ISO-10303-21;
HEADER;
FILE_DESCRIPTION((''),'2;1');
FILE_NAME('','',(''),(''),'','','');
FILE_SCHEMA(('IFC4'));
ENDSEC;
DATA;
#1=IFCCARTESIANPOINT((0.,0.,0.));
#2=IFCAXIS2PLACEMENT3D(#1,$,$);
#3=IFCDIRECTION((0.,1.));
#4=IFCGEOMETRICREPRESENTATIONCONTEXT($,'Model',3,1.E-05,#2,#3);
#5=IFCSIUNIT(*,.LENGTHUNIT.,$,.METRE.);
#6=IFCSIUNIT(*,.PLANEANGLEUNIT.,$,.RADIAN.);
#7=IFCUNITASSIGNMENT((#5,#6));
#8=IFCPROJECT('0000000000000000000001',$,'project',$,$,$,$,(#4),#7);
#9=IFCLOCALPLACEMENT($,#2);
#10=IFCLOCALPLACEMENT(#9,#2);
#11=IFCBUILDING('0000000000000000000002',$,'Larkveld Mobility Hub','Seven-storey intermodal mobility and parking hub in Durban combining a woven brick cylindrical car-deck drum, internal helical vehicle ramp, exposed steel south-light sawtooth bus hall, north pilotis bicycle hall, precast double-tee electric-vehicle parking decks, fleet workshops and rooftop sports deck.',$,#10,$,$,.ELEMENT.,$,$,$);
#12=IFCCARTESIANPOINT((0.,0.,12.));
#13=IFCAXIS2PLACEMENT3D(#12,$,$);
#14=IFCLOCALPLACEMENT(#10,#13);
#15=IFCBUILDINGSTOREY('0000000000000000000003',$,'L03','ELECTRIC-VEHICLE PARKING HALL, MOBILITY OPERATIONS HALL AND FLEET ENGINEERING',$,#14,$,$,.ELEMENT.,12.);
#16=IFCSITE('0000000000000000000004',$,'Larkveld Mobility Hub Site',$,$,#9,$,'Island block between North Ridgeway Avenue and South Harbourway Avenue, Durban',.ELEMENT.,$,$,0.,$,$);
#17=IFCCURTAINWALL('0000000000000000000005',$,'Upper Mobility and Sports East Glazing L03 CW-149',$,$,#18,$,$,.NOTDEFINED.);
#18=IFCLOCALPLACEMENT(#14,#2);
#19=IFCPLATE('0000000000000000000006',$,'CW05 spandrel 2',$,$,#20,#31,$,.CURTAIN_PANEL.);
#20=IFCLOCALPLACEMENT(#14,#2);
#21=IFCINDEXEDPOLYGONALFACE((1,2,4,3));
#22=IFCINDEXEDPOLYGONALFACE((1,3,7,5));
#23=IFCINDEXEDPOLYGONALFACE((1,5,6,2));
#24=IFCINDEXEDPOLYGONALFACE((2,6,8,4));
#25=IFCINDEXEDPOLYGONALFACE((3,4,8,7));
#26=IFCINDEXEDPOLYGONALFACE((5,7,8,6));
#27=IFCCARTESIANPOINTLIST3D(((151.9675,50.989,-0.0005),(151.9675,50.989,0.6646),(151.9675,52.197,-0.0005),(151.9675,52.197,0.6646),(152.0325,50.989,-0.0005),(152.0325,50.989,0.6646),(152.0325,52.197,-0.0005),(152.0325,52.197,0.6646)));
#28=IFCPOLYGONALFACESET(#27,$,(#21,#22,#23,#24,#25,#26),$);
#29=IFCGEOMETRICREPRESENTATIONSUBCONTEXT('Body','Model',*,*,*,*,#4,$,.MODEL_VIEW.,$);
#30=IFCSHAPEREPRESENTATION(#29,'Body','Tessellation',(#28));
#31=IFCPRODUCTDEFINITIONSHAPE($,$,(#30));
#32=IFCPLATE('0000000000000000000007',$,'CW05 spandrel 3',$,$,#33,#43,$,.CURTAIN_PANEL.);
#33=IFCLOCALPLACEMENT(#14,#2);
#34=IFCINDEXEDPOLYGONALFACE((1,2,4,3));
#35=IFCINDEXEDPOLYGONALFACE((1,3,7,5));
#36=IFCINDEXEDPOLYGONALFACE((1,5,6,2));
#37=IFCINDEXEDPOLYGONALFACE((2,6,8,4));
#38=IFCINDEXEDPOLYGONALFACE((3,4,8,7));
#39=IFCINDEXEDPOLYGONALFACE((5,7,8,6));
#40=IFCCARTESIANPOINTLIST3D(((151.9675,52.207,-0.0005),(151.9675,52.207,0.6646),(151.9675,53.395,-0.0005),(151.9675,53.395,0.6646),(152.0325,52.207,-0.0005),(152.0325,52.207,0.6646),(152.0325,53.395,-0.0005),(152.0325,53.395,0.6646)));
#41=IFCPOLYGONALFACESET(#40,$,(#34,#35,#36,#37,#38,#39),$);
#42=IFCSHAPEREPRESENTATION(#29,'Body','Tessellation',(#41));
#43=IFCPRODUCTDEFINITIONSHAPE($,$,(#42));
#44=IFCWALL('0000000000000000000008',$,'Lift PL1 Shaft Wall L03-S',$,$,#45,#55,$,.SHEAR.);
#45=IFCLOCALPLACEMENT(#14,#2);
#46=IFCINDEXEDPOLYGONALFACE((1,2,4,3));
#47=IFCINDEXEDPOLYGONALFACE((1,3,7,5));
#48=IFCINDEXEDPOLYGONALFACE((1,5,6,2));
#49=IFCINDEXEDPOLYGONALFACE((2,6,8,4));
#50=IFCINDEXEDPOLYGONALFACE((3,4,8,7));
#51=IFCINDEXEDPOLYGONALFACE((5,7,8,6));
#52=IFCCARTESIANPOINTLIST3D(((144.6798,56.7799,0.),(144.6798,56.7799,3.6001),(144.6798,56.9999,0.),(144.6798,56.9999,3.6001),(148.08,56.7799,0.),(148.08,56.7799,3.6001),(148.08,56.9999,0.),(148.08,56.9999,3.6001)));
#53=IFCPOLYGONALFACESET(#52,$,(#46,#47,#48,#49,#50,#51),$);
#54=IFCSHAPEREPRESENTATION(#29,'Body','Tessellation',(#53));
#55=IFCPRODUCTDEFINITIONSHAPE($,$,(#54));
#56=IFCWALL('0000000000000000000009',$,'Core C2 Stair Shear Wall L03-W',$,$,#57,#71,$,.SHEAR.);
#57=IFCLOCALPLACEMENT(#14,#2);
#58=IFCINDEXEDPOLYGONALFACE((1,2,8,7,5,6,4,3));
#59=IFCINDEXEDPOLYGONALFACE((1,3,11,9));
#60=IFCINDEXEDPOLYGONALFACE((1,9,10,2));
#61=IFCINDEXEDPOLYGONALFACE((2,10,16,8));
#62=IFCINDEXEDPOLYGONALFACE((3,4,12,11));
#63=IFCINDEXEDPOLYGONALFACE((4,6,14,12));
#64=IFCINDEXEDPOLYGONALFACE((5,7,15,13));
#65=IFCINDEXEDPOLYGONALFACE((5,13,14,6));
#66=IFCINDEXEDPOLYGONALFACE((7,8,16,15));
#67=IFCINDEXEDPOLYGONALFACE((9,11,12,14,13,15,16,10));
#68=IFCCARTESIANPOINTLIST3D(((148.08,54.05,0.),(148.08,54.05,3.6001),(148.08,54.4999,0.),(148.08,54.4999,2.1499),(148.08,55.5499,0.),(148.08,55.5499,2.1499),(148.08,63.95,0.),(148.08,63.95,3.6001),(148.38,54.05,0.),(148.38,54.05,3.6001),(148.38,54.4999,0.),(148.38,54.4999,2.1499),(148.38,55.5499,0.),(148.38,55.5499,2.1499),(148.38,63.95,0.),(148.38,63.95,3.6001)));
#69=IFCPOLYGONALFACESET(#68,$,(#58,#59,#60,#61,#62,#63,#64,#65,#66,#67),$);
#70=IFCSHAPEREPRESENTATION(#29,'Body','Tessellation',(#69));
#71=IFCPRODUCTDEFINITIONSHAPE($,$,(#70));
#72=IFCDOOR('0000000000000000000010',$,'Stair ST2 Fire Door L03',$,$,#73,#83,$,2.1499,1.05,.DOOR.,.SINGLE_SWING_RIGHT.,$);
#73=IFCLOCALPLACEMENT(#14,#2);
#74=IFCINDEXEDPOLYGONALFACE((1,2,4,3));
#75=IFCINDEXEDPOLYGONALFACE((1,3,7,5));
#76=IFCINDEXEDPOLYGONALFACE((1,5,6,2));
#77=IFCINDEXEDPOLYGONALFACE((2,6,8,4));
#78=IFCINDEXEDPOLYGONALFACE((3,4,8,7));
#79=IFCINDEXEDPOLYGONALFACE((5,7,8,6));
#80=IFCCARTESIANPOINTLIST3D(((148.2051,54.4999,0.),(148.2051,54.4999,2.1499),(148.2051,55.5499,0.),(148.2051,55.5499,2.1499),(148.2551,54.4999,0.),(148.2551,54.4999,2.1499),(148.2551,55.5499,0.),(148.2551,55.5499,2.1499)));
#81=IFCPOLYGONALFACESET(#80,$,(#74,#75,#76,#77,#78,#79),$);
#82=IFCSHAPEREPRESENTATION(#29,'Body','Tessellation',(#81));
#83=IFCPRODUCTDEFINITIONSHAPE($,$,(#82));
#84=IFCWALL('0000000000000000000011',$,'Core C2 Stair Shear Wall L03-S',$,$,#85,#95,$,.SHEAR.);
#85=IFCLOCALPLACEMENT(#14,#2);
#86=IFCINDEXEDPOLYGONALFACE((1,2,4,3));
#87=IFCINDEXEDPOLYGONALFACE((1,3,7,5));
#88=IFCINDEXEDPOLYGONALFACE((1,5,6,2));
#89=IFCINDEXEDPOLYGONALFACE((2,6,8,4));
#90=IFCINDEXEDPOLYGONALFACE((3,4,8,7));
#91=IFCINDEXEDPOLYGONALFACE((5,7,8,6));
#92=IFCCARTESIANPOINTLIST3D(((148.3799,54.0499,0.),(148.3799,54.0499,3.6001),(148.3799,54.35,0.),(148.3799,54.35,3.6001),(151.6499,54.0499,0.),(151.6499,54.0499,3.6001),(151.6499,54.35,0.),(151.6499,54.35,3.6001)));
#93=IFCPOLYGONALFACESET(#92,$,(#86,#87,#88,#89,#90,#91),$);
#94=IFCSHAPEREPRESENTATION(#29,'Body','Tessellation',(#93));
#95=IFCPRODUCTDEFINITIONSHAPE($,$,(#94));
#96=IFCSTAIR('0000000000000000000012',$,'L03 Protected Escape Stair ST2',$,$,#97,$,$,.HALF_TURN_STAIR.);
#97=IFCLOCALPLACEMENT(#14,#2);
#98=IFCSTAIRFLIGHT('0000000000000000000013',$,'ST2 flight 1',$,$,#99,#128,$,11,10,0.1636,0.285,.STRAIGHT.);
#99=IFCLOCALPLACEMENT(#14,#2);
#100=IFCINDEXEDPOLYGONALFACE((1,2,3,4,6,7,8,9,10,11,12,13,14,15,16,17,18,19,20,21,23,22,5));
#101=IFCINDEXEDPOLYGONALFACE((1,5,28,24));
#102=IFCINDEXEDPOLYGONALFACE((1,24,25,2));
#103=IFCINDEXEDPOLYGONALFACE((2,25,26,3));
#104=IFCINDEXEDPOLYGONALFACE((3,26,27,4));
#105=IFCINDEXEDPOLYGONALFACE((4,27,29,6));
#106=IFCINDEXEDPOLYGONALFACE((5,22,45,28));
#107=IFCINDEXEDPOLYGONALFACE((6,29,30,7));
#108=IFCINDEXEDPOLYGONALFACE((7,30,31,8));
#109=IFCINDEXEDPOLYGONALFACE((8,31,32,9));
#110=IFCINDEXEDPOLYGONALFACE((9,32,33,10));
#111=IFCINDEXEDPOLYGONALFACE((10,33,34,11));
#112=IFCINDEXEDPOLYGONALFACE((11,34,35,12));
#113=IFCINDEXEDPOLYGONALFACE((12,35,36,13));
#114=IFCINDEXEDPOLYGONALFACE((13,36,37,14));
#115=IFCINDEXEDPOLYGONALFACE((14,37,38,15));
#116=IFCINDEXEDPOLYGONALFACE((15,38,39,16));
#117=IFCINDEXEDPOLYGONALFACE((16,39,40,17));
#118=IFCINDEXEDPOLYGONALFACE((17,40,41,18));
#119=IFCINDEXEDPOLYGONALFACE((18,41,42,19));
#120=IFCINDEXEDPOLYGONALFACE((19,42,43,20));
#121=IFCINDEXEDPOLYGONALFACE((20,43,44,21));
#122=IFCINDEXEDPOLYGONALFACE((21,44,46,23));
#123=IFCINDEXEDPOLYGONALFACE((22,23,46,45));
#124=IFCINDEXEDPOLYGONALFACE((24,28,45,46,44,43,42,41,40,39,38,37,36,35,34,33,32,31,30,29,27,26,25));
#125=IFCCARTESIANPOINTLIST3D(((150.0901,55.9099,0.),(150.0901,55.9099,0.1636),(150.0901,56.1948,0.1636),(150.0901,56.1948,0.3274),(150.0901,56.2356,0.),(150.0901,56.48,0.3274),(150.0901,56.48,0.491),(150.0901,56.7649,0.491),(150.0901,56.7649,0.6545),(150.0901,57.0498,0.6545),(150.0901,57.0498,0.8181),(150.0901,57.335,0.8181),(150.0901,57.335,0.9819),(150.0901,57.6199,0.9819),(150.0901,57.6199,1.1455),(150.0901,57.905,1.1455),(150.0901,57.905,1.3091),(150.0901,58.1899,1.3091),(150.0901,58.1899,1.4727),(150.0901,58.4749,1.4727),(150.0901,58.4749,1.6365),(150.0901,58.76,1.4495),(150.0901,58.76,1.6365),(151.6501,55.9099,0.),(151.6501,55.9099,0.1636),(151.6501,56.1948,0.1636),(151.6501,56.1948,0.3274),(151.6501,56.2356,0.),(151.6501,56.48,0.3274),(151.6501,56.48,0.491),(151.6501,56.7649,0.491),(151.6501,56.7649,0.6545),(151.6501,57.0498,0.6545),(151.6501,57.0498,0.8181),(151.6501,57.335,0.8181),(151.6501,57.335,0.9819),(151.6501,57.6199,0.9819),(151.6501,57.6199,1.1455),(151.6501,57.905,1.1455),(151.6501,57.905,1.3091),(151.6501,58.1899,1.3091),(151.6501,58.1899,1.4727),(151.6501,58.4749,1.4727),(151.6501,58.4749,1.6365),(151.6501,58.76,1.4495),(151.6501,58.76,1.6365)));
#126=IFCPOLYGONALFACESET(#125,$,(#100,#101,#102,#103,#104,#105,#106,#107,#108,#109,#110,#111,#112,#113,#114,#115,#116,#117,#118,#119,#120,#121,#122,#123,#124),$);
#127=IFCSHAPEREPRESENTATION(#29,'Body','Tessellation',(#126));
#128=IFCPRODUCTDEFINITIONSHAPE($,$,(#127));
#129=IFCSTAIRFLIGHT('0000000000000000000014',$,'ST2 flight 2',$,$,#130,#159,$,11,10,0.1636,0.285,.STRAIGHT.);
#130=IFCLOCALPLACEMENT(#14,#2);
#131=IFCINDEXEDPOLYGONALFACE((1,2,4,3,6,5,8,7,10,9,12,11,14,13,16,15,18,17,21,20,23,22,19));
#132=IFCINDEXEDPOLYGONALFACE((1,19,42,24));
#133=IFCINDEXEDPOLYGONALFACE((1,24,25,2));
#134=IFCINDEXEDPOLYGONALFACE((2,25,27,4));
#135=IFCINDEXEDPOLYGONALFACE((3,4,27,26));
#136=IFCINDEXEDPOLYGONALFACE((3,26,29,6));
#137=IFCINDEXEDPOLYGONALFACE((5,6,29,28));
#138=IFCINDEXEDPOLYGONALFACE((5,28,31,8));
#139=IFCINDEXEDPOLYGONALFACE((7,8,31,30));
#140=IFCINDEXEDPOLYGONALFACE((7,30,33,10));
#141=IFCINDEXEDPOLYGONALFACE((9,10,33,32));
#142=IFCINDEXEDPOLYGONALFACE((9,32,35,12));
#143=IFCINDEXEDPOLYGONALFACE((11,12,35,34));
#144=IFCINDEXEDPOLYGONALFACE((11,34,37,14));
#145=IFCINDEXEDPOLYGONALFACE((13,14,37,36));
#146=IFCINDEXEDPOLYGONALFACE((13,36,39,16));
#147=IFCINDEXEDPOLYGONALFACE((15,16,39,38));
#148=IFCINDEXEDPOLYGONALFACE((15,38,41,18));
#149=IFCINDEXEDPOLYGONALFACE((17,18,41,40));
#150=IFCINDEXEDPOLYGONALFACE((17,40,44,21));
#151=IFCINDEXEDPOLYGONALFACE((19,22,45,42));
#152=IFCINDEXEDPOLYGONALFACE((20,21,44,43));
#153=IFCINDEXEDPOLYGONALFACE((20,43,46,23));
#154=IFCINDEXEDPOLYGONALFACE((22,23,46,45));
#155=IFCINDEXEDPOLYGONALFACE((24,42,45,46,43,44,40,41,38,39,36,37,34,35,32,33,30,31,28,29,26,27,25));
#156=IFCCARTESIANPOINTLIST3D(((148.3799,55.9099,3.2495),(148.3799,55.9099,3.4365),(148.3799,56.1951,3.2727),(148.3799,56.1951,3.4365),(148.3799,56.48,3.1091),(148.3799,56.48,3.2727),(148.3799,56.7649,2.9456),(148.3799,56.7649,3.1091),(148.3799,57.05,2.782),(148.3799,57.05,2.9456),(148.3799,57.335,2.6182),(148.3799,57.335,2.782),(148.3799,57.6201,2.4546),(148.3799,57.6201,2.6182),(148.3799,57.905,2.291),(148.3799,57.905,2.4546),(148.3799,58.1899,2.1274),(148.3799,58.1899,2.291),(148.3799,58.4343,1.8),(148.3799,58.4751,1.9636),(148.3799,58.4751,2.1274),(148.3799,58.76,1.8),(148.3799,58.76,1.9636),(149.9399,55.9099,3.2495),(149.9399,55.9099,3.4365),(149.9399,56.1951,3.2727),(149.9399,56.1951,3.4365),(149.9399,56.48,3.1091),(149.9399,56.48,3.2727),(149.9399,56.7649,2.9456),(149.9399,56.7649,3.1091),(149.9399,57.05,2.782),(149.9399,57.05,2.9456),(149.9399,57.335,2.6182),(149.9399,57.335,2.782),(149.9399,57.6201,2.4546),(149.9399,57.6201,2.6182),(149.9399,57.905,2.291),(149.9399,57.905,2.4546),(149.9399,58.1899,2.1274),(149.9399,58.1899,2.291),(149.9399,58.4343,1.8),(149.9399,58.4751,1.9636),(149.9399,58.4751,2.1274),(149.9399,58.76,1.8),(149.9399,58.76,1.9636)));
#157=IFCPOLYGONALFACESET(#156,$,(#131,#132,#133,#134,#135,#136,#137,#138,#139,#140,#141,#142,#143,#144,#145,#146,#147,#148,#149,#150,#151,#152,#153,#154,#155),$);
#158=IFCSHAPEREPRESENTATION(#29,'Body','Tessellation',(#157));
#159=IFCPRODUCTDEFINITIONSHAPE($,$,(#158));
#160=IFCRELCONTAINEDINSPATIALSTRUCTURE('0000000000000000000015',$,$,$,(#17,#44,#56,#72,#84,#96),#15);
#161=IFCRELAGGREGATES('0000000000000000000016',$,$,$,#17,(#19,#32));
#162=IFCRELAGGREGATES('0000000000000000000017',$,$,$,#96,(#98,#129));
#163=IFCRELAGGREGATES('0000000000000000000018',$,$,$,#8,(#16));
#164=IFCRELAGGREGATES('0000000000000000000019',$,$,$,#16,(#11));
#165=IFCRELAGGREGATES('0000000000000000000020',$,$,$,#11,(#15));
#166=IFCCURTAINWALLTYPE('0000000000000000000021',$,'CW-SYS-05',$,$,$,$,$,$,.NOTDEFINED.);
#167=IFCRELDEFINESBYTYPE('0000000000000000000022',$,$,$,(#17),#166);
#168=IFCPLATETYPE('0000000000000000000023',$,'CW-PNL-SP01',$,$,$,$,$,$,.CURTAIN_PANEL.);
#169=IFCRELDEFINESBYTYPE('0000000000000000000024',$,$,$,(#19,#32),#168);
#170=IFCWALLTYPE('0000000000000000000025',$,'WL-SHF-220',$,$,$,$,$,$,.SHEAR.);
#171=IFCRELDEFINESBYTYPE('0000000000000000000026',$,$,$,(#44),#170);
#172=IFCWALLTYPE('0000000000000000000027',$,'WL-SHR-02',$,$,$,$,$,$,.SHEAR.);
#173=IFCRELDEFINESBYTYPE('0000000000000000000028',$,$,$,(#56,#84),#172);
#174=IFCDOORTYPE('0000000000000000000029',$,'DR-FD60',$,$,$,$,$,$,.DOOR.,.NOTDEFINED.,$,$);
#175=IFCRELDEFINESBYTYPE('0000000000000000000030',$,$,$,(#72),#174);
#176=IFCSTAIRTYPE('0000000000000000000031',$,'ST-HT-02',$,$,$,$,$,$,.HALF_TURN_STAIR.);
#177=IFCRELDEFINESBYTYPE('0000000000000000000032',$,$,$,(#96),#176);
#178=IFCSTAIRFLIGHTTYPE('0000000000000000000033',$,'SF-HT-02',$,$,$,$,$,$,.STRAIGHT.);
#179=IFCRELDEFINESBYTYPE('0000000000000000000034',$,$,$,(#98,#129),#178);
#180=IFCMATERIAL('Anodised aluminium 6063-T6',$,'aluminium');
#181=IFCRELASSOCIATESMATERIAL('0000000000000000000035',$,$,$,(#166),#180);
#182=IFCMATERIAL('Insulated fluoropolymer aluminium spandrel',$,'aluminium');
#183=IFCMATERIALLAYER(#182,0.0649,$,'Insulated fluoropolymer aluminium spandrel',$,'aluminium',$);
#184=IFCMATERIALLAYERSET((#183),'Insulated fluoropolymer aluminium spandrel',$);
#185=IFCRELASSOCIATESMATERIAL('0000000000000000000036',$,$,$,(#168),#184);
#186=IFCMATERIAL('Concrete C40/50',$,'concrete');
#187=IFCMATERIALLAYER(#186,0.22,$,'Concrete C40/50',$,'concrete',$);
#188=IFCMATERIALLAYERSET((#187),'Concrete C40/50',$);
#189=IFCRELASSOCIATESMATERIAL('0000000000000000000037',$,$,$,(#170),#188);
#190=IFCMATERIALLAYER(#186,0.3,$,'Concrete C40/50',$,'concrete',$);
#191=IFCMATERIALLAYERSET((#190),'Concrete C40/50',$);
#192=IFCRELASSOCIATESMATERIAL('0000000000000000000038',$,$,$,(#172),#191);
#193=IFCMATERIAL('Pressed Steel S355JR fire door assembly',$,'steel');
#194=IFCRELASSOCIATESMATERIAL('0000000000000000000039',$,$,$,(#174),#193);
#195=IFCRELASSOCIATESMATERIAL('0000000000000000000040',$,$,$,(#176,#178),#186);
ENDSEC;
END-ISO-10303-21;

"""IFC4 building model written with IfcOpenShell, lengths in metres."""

from ifc_helpers import new_model, si_unit, direction, frame, frame_2d, origin, origin_2d, place, context, subcontext, project, spatial, polyline, rectangle, outline, extrude, material, layer, layer_set, type_object, element, fill, aggregate, save


model = new_model("IFC4")

# Units and contexts
model_context = context("Model", 3, precision=1e-05, world=origin(), true_north=direction((0.0, 1.0)))
body_context = subcontext(model_context, "Body", "Model", "MODEL_VIEW")
ifc_project = project(units=[si_unit("LENGTHUNIT", "METRE"), si_unit("PLANEANGLEUNIT", "RADIAN")], contexts=[model_context])

# Site, building, storey
site_placement = place(None, origin())
site = spatial("IfcSite", under=ifc_project, at=site_placement, Name="Larkveld Mobility Hub Site", LongName="Island block between North Ridgeway Avenue and South Harbourway Avenue, Durban", CompositionType="ELEMENT", RefElevation=0.0)
building_placement = place(site_placement, origin())
building = spatial("IfcBuilding", under=site, at=building_placement, Name="Larkveld Mobility Hub", Description="Seven-storey intermodal mobility and parking hub in Durban combining a woven brick cylindrical car-deck drum, internal helical vehicle ramp, exposed steel south-light sawtooth bus hall, north pilotis bicycle hall, precast double-tee electric-vehicle parking decks, fleet workshops and rooftop sports deck.", CompositionType="ELEMENT")
storey_placement = place(building_placement, frame((0.0, 0.0, 12.0)))
storey = spatial("IfcBuildingStorey", under=building, at=storey_placement, Name="L03", Description="ELECTRIC-VEHICLE PARKING HALL, MOBILITY OPERATIONS HALL AND FLEET ENGINEERING", CompositionType="ELEMENT", Elevation=12.0)

# Shared definitions
ifc_material_1 = material(Name="Concrete C40/50", Category="concrete")

# Curtain wall, plates
ifc_material_2 = material(Name="Anodised aluminium 6063-T6", Category="aluminium")
curtain_wall_type = type_object("IfcCurtainWallType", Name="CW-SYS-05", PredefinedType="NOTDEFINED", material=ifc_material_2)
curtain_wall_placement = place(storey_placement, origin())
curtain_wall = element("IfcCurtainWall", 1, at=curtain_wall_placement, inside=storey, type_object=curtain_wall_type, Name="Upper Mobility and Sports East Glazing L03 CW-149", PredefinedType="NOTDEFINED")
ifc_material_3 = material(Name="Insulated fluoropolymer aluminium spandrel", Category="aluminium")
ifc_layer_1 = layer(ifc_material_3, 0.0649, Name="Insulated fluoropolymer aluminium spandrel", Category="aluminium")
ifc_layer_set_1 = layer_set([ifc_layer_1], Name="Insulated fluoropolymer aluminium spandrel")
plate_type_1 = type_object("IfcPlateType", Name="CW-PNL-SP01", PredefinedType="CURTAIN_PANEL", material=ifc_layer_set_1)
plate_1_placement = place(storey_placement, frame((152.0, 51.593, -0.0005), z_axis=(0.0, 0.0, 1.0), x_axis=(0.0, 1.0, 0.0)))
plate_1 = element("IfcPlate", 2, at=plate_1_placement, type_object=plate_type_1, Name="CW05 spandrel 2", PredefinedType="CURTAIN_PANEL", context=body_context, shape_type="SweptSolid", body=[
    extrude(rectangle(XDim=1.208, YDim=0.0649, at=origin_2d()), origin(), (0.0, 0.0, 1.0), 0.665),
])
plate_2_placement = place(storey_placement, frame((152.0, 52.801, -0.0005), z_axis=(0.0, 0.0, 1.0), x_axis=(0.0, 1.0, 0.0)))
plate_2 = element("IfcPlate", 3, at=plate_2_placement, type_object=plate_type_1, Name="CW05 spandrel 3", PredefinedType="CURTAIN_PANEL", context=body_context, shape_type="SweptSolid", body=[
    extrude(rectangle(XDim=1.188, YDim=0.0649, at=origin_2d()), origin(), (0.0, 0.0, 1.0), 0.665),
])
aggregate(curtain_wall, [plate_1, plate_2])

# Wall
ifc_layer_2 = layer(ifc_material_1, 0.22, Name="Concrete C40/50", Category="concrete")
ifc_layer_set_2 = layer_set([ifc_layer_2], Name="Concrete C40/50")
wall_type_1 = type_object("IfcWallType", Name="WL-SHF-220", PredefinedType="SHEAR", material=ifc_layer_set_2)
wall_1_placement = place(storey_placement, frame((148.0801, 56.8899, 0.0), z_axis=(0.0, 0.0, 1.0), x_axis=(-1.0, 0.0, 0.0)))
element("IfcWall", 4, at=wall_1_placement, inside=storey, type_object=wall_type_1, Name="Lift PL1 Shaft Wall L03-S", PredefinedType="SHEAR", context=body_context, shape_type="SweptSolid", body=[
    extrude(rectangle(XDim=3.4001, YDim=0.22, at=frame_2d((1.7002, 0.0))), origin(), (0.0, 0.0, 1.0), 3.6001),
])

# Wall, opening, door
ifc_layer_3 = layer(ifc_material_1, 0.3, Name="Concrete C40/50", Category="concrete")
ifc_layer_set_3 = layer_set([ifc_layer_3], Name="Concrete C40/50")
wall_type_2 = type_object("IfcWallType", Name="WL-SHR-02", PredefinedType="SHEAR", material=ifc_layer_set_3)
wall_2_placement = place(storey_placement, frame((148.23, 54.05, 0.0), z_axis=(0.0, 0.0, 1.0), x_axis=(0.0, 1.0, 0.0)))
wall_2 = element("IfcWall", 5, at=wall_2_placement, inside=storey, type_object=wall_type_2, Name="Core C2 Stair Shear Wall L03-W", PredefinedType="SHEAR", context=body_context, shape_type="SweptSolid", body=[
    extrude(rectangle(XDim=9.8999, YDim=0.3, at=frame_2d((4.95, 0.0))), origin(), (0.0, 0.0, 1.0), 3.6001),
])
opening_placement = place(wall_2_placement, frame((0.45, 0.0, 0.0)))
opening = element("IfcOpeningElement", 6, at=opening_placement, cuts=wall_2, PredefinedType="OPENING", context=body_context, shape_type="SweptSolid", body=[
    extrude(rectangle(XDim=1.05, YDim=2.1499, at=frame_2d((0.5249, 1.075))), frame((0.0, 0.1602, 0.0), z_axis=(0.0, -1.0, 0.0), x_axis=(1.0, 0.0, 0.0)), (0.0, 0.0, 1.0), 0.3201),
])
ifc_material_4 = material(Name="Pressed Steel S355JR fire door assembly", Category="steel")
door_type = type_object("IfcDoorType", Name="DR-FD60", OperationType="NOTDEFINED", PredefinedType="DOOR", material=ifc_material_4)
door_placement = place(opening_placement, origin())
door = element("IfcDoor", 7, at=door_placement, inside=storey, type_object=door_type, Name="Stair ST2 Fire Door L03", OperationType="SINGLE_SWING_RIGHT", OverallHeight=2.1499, OverallWidth=1.05, PredefinedType="DOOR", context=body_context, shape_type="SweptSolid", body=[
    extrude(rectangle(XDim=1.05, YDim=2.1499, at=frame_2d((0.5249, 1.075))), frame((0.0, 0.0249, 0.0), z_axis=(0.0, -1.0, 0.0), x_axis=(1.0, 0.0, 0.0)), (0.0, 0.0, 1.0), 0.05),
])
fill(opening, door)

# Wall
wall_3_placement = place(storey_placement, frame((151.6499, 54.2, 0.0), z_axis=(0.0, 0.0, 1.0), x_axis=(-1.0, 0.0, 0.0)))
element("IfcWall", 8, at=wall_3_placement, inside=storey, type_object=wall_type_2, Name="Core C2 Stair Shear Wall L03-S", PredefinedType="SHEAR", context=body_context, shape_type="SweptSolid", body=[
    extrude(rectangle(XDim=3.27, YDim=0.3, at=frame_2d((1.635, 0.0))), origin(), (0.0, 0.0, 1.0), 3.6001),
])

# Stair, stair flights
stair_type = type_object("IfcStairType", Name="ST-HT-02", PredefinedType="HALF_TURN_STAIR", material=ifc_material_1)
stair_placement = place(storey_placement, origin())
stair = element("IfcStair", 9, at=stair_placement, inside=storey, type_object=stair_type, Name="L03 Protected Escape Stair ST2", PredefinedType="HALF_TURN_STAIR")
stair_flight_type = type_object("IfcStairFlightType", Name="SF-HT-02", PredefinedType="STRAIGHT", material=ifc_material_1)
stair_flight_1_placement = place(storey_placement, frame((150.8701, 55.9099, 0.0), z_axis=(0.0, 0.0, 1.0), x_axis=(0.0, 1.0, 0.0)))
stair_flight_1 = element("IfcStairFlight", 10, at=stair_flight_1_placement, type_object=stair_flight_type, Name="ST2 flight 1", NumberOfRisers=11, NumberOfTreads=10, PredefinedType="STRAIGHT", RiserHeight=0.1636, TreadLength=0.285, context=body_context, shape_type="SweptSolid", body=[
    extrude(outline(polyline([(0.0, 0.0), (0.0, 0.1636), (0.2849, 0.1636), (0.2849, 0.3274), (0.5701, 0.3274), (0.5701, 0.491), (0.855, 0.491), (0.855, 0.6545), (1.1399, 0.6545), (1.1399, 0.8181), (1.425, 0.8181), (1.425, 0.9819), (1.71, 0.9819), (1.71, 1.1455), (1.9951, 1.1455), (1.9951, 1.3091), (2.28, 1.3091), (2.28, 1.4727), (2.5649, 1.4727), (2.5649, 1.6365), (2.8501, 1.6365), (2.8501, 1.8), (2.8501, 1.4495), (0.3257, 0.0), (0.0, 0.0)])), frame((0.0, 0.78, 0.0), z_axis=(0.0, -1.0, 0.0), x_axis=(1.0, 0.0, 0.0)), (0.0, 0.0, 1.0), 1.5601),
])
stair_flight_2_placement = place(storey_placement, frame((149.1599, 58.76, 1.8), z_axis=(0.0, 0.0, 1.0), x_axis=(0.0, -1.0, 0.0)))
stair_flight_2 = element("IfcStairFlight", 11, at=stair_flight_2_placement, type_object=stair_flight_type, Name="ST2 flight 2", NumberOfRisers=11, NumberOfTreads=10, PredefinedType="STRAIGHT", RiserHeight=0.1636, TreadLength=0.285, context=body_context, shape_type="SweptSolid", body=[
    extrude(outline(polyline([(0.0, 0.0), (0.0, 0.1636), (0.2849, 0.1636), (0.2849, 0.3274), (0.5701, 0.3274), (0.5701, 0.491), (0.855, 0.491), (0.855, 0.6545), (1.1399, 0.6545), (1.1399, 0.8181), (1.425, 0.8181), (1.425, 0.9819), (1.71, 0.9819), (1.71, 1.1455), (1.9951, 1.1455), (1.9951, 1.3091), (2.28, 1.3091), (2.28, 1.4727), (2.5649, 1.4727), (2.5649, 1.6365), (2.8501, 1.6365), (2.8501, 1.8), (2.8501, 1.4495), (0.3257, 0.0), (0.0, 0.0)])), frame((0.0, 0.78, 0.0), z_axis=(0.0, -1.0, 0.0), x_axis=(1.0, 0.0, 0.0)), (0.0, 0.0, 1.0), 1.5601),
])
aggregate(stair, [stair_flight_1, stair_flight_2])

save(model, "model.ifc")
